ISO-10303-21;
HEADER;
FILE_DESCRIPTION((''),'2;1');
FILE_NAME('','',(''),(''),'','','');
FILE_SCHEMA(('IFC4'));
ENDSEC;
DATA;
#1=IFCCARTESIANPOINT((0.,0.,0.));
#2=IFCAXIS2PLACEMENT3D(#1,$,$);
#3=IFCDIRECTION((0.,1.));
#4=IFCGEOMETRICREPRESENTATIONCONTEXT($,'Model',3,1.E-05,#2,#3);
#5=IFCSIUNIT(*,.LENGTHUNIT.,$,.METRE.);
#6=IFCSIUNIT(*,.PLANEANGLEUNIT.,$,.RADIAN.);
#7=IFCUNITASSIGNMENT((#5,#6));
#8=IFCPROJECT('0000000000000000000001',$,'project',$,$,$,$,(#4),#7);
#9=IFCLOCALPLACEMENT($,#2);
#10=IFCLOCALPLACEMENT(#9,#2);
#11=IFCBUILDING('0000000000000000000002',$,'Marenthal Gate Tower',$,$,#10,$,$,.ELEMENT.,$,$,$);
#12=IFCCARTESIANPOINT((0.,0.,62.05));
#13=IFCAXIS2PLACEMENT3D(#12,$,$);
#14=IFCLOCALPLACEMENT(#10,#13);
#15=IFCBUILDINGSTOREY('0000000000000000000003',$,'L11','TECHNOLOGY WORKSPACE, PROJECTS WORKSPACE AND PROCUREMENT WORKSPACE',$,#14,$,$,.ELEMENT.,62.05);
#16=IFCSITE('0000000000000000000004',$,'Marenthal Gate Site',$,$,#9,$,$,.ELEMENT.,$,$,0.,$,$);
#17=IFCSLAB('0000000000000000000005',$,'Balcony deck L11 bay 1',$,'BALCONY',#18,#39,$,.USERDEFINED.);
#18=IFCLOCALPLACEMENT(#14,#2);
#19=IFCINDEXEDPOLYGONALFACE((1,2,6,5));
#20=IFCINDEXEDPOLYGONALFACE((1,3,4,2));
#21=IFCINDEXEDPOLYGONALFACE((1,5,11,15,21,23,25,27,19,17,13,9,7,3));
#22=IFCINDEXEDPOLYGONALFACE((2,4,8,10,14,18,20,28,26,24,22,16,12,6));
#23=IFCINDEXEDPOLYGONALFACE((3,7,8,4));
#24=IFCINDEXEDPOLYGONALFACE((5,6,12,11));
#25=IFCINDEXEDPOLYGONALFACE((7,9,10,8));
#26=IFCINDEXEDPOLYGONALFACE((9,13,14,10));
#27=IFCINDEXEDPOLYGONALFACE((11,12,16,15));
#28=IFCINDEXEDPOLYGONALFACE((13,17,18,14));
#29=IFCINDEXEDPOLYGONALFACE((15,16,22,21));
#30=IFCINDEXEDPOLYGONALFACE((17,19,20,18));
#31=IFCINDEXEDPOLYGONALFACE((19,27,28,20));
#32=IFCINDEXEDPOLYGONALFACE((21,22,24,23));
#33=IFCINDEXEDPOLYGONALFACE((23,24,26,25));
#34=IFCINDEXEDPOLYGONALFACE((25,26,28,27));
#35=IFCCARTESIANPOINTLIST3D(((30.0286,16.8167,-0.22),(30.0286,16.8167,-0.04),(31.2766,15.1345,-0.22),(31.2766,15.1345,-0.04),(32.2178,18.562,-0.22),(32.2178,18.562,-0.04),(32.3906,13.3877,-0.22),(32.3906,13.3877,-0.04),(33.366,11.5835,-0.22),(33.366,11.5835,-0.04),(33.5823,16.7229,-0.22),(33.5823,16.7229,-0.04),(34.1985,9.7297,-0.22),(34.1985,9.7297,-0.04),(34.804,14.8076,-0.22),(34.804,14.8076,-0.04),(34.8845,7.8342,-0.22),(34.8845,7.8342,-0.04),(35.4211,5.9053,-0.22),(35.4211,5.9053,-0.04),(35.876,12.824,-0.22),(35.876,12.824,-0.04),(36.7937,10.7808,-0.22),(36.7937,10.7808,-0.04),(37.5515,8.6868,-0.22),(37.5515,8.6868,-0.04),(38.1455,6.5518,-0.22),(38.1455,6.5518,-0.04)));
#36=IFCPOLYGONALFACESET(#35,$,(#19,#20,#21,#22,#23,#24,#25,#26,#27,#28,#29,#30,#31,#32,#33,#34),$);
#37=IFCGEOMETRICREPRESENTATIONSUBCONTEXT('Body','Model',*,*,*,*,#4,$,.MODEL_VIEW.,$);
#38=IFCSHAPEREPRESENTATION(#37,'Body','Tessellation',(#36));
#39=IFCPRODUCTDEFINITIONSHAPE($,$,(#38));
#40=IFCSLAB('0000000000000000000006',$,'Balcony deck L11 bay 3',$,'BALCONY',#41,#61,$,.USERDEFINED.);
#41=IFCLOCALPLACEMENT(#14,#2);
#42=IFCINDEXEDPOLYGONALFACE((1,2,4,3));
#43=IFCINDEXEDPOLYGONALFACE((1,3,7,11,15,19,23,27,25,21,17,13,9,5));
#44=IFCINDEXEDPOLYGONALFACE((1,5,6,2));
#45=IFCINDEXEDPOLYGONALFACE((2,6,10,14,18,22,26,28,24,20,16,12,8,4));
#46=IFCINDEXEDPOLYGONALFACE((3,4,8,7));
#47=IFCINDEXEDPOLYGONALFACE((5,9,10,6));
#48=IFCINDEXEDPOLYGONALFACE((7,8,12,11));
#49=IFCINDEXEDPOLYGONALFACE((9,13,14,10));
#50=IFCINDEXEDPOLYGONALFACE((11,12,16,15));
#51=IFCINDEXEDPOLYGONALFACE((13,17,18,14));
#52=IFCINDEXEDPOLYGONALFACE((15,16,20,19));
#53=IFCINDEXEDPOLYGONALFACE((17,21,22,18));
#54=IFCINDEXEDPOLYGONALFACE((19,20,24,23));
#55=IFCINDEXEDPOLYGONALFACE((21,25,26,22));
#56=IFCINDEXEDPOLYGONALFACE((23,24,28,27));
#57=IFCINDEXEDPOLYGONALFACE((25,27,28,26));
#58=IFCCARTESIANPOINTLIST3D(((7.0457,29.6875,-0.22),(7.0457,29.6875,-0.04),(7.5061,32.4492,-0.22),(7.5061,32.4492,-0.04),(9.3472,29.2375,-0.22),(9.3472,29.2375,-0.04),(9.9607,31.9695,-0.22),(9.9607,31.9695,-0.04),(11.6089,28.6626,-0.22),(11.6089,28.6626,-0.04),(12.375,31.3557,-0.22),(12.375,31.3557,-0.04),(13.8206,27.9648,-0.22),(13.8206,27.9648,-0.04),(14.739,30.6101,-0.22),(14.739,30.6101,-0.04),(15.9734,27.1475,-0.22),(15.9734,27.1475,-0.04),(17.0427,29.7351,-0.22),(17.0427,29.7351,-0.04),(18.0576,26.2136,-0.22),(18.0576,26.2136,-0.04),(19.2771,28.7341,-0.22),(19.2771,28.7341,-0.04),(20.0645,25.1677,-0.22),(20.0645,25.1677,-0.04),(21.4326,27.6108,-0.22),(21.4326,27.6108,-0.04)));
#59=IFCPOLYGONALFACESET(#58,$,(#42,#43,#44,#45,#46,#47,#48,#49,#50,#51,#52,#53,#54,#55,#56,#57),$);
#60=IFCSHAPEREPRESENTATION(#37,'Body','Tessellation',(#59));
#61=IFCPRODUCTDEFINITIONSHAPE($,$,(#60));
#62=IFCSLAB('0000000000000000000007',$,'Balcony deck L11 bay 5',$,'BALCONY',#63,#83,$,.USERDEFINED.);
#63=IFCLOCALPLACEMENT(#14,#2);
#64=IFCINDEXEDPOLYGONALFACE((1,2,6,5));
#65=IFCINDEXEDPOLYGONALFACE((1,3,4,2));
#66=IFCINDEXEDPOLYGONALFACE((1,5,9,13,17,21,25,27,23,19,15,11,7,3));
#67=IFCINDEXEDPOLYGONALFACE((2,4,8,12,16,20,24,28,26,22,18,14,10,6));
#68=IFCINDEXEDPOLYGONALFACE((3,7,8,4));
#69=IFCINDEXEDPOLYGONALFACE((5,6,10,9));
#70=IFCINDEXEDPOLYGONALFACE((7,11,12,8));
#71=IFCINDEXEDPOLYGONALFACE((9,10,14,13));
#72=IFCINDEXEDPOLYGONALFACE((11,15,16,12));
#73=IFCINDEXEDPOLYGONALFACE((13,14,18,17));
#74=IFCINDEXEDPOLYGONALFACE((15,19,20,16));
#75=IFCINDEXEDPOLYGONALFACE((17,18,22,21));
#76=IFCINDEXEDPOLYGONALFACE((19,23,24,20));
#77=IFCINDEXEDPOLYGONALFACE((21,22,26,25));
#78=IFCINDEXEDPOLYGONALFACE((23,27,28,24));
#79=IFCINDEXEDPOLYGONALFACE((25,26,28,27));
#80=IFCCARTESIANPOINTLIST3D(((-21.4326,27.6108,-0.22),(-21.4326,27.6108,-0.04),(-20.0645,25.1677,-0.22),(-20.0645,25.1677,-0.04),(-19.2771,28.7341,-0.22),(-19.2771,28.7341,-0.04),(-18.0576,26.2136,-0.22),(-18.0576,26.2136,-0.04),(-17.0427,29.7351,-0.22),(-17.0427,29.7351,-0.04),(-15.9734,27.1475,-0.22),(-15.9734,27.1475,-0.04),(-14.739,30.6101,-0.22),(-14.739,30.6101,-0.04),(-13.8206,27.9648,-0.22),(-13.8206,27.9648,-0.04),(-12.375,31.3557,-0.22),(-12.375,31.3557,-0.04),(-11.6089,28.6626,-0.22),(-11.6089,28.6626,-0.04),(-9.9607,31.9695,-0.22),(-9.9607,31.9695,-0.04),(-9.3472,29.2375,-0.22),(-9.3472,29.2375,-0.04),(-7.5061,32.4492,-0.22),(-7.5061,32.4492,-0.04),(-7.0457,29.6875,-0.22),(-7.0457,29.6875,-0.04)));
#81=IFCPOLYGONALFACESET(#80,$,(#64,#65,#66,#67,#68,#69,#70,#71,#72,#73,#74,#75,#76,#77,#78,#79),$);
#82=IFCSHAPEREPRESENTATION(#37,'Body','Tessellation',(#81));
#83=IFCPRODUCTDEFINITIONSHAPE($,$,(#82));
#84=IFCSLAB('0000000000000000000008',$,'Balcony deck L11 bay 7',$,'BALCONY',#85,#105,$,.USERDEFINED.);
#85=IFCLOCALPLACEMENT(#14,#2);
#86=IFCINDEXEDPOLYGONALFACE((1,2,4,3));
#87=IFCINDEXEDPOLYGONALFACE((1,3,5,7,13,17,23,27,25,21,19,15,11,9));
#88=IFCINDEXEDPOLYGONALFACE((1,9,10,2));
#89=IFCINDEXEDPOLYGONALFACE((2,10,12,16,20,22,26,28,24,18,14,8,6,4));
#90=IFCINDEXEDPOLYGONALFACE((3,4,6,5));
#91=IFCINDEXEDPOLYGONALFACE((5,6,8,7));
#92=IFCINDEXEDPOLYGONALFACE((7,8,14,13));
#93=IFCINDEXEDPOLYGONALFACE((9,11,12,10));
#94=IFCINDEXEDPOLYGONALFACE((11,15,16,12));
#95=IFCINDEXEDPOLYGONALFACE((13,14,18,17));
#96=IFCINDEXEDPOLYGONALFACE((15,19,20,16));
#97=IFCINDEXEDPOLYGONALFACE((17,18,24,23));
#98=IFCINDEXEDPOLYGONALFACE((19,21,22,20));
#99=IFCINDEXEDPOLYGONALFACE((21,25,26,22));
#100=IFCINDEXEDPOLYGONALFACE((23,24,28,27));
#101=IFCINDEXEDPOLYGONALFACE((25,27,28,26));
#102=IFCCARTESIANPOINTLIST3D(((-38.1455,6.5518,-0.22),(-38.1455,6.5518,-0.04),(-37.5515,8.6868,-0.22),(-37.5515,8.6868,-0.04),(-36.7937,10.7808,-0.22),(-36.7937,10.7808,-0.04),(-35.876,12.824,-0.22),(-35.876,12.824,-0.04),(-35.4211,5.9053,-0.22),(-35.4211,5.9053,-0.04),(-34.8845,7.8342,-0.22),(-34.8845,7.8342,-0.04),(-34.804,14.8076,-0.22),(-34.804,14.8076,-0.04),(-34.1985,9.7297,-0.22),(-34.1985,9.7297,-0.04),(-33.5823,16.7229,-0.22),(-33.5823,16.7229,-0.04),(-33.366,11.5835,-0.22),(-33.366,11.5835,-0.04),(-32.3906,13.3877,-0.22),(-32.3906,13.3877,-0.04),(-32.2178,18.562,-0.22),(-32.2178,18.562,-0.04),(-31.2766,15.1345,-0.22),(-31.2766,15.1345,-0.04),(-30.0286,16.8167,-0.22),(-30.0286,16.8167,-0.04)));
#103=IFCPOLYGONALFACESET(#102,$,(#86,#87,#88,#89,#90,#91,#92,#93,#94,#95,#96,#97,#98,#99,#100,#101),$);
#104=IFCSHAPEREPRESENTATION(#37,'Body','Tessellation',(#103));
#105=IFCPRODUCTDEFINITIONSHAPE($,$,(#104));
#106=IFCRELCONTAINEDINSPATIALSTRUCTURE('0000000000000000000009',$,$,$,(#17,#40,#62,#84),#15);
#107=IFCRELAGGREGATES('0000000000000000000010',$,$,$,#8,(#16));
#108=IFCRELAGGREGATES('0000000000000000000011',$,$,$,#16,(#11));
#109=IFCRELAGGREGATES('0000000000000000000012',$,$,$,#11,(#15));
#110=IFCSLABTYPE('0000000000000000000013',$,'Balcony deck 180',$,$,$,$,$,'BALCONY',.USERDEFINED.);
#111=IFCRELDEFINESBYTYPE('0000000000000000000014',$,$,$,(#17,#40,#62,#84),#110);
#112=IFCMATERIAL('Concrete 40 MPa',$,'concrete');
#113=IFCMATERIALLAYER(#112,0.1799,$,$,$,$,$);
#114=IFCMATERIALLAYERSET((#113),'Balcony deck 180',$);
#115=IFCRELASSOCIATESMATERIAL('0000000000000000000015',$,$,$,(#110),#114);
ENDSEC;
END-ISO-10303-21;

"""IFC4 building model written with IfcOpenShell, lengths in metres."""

from ifc_helpers import new_model, si_unit, direction, frame, origin, place, context, subcontext, project, spatial, polyline, outline, extrude, material, layer, layer_set, type_object, element, save


model = new_model("IFC4")

# Units and contexts
model_context = context("Model", 3, precision=1e-05, world=origin(), true_north=direction((0.0, 1.0)))
body_context = subcontext(model_context, "Body", "Model", "MODEL_VIEW")
ifc_project = project(units=[si_unit("LENGTHUNIT", "METRE"), si_unit("PLANEANGLEUNIT", "RADIAN")], contexts=[model_context])

# Site, building, storey
site_placement = place(None, origin())
site = spatial("IfcSite", under=ifc_project, at=site_placement, Name="Marenthal Gate Site", CompositionType="ELEMENT", RefElevation=0.0)
building_placement = place(site_placement, origin())
building = spatial("IfcBuilding", under=site, at=building_placement, Name="Marenthal Gate Tower", CompositionType="ELEMENT")
storey_placement = place(building_placement, frame((0.0, 0.0, 62.05)))
storey = spatial("IfcBuildingStorey", under=building, at=storey_placement, Name="L11", Description="TECHNOLOGY WORKSPACE, PROJECTS WORKSPACE AND PROCUREMENT WORKSPACE", CompositionType="ELEMENT", Elevation=62.05)

# Slabs
ifc_material_1 = material(Name="Concrete 40 MPa", Category="concrete")
ifc_layer_1 = layer(ifc_material_1, 0.1799)
ifc_layer_set_1 = layer_set([ifc_layer_1], Name="Balcony deck 180")
slab_type_1 = type_object("IfcSlabType", Name="Balcony deck 180", ElementType="BALCONY", PredefinedType="USERDEFINED", material=ifc_layer_set_1)
slab_1_placement = place(storey_placement, frame((0.0, 0.0, -0.22)))
element("IfcSlab", 1, at=slab_1_placement, inside=storey, type_object=slab_type_1, Name="Balcony deck L11 bay 1", ObjectType="BALCONY", PredefinedType="USERDEFINED", context=body_context, shape_type="SweptSolid", body=[
    extrude(outline(polyline([(35.4211, 5.9053), (34.8845, 7.8342), (34.1985, 9.7297), (33.366, 11.5835), (32.3906, 13.3877), (31.2766, 15.1345), (30.0286, 16.8167), (32.2178, 18.562), (33.5823, 16.7229), (34.804, 14.8076), (35.876, 12.824), (36.7937, 10.7808), (37.5515, 8.6868), (38.1455, 6.5518), (35.4211, 5.9053)])), origin(), (0.0, 0.0, 1.0), 0.1799),
])
slab_2_placement = place(storey_placement, frame((0.0, 0.0, -0.22)))
element("IfcSlab", 2, at=slab_2_placement, inside=storey, type_object=slab_type_1, Name="Balcony deck L11 bay 3", ObjectType="BALCONY", PredefinedType="USERDEFINED", context=body_context, shape_type="SweptSolid", body=[
    extrude(outline(polyline([(20.0645, 25.1677), (18.0576, 26.2136), (15.9734, 27.1475), (13.8206, 27.9648), (11.6089, 28.6626), (9.3472, 29.2375), (7.0457, 29.6875), (7.5061, 32.4492), (9.9607, 31.9695), (12.375, 31.3557), (14.739, 30.6101), (17.0427, 29.7351), (19.2771, 28.7341), (21.4326, 27.6108), (20.0645, 25.1677)])), origin(), (0.0, 0.0, 1.0), 0.1799),
])
slab_3_placement = place(storey_placement, frame((0.0, 0.0, -0.22)))
element("IfcSlab", 3, at=slab_3_placement, inside=storey, type_object=slab_type_1, Name="Balcony deck L11 bay 5", ObjectType="BALCONY", PredefinedType="USERDEFINED", context=body_context, shape_type="SweptSolid", body=[
    extrude(outline(polyline([(-7.0457, 29.6875), (-9.3472, 29.2375), (-11.6089, 28.6626), (-13.8206, 27.9648), (-15.9734, 27.1475), (-18.0576, 26.2136), (-20.0645, 25.1677), (-21.4326, 27.6108), (-19.2771, 28.7341), (-17.0427, 29.7351), (-14.739, 30.6101), (-12.375, 31.3557), (-9.9607, 31.9695), (-7.5061, 32.4492), (-7.0457, 29.6875)])), origin(), (0.0, 0.0, 1.0), 0.1799),
])
slab_4_placement = place(storey_placement, frame((0.0, 0.0, -0.22)))
element("IfcSlab", 4, at=slab_4_placement, inside=storey, type_object=slab_type_1, Name="Balcony deck L11 bay 7", ObjectType="BALCONY", PredefinedType="USERDEFINED", context=body_context, shape_type="SweptSolid", body=[
    extrude(outline(polyline([(-30.0286, 16.8167), (-31.2766, 15.1345), (-32.3906, 13.3877), (-33.366, 11.5835), (-34.1985, 9.7297), (-34.8845, 7.8342), (-35.4211, 5.9053), (-38.1455, 6.5518), (-37.5515, 8.6868), (-36.7937, 10.7808), (-35.876, 12.824), (-34.804, 14.8076), (-33.5823, 16.7229), (-32.2178, 18.562), (-30.0286, 16.8167)])), origin(), (0.0, 0.0, 1.0), 0.1799),
])

save(model, "model.ifc")
